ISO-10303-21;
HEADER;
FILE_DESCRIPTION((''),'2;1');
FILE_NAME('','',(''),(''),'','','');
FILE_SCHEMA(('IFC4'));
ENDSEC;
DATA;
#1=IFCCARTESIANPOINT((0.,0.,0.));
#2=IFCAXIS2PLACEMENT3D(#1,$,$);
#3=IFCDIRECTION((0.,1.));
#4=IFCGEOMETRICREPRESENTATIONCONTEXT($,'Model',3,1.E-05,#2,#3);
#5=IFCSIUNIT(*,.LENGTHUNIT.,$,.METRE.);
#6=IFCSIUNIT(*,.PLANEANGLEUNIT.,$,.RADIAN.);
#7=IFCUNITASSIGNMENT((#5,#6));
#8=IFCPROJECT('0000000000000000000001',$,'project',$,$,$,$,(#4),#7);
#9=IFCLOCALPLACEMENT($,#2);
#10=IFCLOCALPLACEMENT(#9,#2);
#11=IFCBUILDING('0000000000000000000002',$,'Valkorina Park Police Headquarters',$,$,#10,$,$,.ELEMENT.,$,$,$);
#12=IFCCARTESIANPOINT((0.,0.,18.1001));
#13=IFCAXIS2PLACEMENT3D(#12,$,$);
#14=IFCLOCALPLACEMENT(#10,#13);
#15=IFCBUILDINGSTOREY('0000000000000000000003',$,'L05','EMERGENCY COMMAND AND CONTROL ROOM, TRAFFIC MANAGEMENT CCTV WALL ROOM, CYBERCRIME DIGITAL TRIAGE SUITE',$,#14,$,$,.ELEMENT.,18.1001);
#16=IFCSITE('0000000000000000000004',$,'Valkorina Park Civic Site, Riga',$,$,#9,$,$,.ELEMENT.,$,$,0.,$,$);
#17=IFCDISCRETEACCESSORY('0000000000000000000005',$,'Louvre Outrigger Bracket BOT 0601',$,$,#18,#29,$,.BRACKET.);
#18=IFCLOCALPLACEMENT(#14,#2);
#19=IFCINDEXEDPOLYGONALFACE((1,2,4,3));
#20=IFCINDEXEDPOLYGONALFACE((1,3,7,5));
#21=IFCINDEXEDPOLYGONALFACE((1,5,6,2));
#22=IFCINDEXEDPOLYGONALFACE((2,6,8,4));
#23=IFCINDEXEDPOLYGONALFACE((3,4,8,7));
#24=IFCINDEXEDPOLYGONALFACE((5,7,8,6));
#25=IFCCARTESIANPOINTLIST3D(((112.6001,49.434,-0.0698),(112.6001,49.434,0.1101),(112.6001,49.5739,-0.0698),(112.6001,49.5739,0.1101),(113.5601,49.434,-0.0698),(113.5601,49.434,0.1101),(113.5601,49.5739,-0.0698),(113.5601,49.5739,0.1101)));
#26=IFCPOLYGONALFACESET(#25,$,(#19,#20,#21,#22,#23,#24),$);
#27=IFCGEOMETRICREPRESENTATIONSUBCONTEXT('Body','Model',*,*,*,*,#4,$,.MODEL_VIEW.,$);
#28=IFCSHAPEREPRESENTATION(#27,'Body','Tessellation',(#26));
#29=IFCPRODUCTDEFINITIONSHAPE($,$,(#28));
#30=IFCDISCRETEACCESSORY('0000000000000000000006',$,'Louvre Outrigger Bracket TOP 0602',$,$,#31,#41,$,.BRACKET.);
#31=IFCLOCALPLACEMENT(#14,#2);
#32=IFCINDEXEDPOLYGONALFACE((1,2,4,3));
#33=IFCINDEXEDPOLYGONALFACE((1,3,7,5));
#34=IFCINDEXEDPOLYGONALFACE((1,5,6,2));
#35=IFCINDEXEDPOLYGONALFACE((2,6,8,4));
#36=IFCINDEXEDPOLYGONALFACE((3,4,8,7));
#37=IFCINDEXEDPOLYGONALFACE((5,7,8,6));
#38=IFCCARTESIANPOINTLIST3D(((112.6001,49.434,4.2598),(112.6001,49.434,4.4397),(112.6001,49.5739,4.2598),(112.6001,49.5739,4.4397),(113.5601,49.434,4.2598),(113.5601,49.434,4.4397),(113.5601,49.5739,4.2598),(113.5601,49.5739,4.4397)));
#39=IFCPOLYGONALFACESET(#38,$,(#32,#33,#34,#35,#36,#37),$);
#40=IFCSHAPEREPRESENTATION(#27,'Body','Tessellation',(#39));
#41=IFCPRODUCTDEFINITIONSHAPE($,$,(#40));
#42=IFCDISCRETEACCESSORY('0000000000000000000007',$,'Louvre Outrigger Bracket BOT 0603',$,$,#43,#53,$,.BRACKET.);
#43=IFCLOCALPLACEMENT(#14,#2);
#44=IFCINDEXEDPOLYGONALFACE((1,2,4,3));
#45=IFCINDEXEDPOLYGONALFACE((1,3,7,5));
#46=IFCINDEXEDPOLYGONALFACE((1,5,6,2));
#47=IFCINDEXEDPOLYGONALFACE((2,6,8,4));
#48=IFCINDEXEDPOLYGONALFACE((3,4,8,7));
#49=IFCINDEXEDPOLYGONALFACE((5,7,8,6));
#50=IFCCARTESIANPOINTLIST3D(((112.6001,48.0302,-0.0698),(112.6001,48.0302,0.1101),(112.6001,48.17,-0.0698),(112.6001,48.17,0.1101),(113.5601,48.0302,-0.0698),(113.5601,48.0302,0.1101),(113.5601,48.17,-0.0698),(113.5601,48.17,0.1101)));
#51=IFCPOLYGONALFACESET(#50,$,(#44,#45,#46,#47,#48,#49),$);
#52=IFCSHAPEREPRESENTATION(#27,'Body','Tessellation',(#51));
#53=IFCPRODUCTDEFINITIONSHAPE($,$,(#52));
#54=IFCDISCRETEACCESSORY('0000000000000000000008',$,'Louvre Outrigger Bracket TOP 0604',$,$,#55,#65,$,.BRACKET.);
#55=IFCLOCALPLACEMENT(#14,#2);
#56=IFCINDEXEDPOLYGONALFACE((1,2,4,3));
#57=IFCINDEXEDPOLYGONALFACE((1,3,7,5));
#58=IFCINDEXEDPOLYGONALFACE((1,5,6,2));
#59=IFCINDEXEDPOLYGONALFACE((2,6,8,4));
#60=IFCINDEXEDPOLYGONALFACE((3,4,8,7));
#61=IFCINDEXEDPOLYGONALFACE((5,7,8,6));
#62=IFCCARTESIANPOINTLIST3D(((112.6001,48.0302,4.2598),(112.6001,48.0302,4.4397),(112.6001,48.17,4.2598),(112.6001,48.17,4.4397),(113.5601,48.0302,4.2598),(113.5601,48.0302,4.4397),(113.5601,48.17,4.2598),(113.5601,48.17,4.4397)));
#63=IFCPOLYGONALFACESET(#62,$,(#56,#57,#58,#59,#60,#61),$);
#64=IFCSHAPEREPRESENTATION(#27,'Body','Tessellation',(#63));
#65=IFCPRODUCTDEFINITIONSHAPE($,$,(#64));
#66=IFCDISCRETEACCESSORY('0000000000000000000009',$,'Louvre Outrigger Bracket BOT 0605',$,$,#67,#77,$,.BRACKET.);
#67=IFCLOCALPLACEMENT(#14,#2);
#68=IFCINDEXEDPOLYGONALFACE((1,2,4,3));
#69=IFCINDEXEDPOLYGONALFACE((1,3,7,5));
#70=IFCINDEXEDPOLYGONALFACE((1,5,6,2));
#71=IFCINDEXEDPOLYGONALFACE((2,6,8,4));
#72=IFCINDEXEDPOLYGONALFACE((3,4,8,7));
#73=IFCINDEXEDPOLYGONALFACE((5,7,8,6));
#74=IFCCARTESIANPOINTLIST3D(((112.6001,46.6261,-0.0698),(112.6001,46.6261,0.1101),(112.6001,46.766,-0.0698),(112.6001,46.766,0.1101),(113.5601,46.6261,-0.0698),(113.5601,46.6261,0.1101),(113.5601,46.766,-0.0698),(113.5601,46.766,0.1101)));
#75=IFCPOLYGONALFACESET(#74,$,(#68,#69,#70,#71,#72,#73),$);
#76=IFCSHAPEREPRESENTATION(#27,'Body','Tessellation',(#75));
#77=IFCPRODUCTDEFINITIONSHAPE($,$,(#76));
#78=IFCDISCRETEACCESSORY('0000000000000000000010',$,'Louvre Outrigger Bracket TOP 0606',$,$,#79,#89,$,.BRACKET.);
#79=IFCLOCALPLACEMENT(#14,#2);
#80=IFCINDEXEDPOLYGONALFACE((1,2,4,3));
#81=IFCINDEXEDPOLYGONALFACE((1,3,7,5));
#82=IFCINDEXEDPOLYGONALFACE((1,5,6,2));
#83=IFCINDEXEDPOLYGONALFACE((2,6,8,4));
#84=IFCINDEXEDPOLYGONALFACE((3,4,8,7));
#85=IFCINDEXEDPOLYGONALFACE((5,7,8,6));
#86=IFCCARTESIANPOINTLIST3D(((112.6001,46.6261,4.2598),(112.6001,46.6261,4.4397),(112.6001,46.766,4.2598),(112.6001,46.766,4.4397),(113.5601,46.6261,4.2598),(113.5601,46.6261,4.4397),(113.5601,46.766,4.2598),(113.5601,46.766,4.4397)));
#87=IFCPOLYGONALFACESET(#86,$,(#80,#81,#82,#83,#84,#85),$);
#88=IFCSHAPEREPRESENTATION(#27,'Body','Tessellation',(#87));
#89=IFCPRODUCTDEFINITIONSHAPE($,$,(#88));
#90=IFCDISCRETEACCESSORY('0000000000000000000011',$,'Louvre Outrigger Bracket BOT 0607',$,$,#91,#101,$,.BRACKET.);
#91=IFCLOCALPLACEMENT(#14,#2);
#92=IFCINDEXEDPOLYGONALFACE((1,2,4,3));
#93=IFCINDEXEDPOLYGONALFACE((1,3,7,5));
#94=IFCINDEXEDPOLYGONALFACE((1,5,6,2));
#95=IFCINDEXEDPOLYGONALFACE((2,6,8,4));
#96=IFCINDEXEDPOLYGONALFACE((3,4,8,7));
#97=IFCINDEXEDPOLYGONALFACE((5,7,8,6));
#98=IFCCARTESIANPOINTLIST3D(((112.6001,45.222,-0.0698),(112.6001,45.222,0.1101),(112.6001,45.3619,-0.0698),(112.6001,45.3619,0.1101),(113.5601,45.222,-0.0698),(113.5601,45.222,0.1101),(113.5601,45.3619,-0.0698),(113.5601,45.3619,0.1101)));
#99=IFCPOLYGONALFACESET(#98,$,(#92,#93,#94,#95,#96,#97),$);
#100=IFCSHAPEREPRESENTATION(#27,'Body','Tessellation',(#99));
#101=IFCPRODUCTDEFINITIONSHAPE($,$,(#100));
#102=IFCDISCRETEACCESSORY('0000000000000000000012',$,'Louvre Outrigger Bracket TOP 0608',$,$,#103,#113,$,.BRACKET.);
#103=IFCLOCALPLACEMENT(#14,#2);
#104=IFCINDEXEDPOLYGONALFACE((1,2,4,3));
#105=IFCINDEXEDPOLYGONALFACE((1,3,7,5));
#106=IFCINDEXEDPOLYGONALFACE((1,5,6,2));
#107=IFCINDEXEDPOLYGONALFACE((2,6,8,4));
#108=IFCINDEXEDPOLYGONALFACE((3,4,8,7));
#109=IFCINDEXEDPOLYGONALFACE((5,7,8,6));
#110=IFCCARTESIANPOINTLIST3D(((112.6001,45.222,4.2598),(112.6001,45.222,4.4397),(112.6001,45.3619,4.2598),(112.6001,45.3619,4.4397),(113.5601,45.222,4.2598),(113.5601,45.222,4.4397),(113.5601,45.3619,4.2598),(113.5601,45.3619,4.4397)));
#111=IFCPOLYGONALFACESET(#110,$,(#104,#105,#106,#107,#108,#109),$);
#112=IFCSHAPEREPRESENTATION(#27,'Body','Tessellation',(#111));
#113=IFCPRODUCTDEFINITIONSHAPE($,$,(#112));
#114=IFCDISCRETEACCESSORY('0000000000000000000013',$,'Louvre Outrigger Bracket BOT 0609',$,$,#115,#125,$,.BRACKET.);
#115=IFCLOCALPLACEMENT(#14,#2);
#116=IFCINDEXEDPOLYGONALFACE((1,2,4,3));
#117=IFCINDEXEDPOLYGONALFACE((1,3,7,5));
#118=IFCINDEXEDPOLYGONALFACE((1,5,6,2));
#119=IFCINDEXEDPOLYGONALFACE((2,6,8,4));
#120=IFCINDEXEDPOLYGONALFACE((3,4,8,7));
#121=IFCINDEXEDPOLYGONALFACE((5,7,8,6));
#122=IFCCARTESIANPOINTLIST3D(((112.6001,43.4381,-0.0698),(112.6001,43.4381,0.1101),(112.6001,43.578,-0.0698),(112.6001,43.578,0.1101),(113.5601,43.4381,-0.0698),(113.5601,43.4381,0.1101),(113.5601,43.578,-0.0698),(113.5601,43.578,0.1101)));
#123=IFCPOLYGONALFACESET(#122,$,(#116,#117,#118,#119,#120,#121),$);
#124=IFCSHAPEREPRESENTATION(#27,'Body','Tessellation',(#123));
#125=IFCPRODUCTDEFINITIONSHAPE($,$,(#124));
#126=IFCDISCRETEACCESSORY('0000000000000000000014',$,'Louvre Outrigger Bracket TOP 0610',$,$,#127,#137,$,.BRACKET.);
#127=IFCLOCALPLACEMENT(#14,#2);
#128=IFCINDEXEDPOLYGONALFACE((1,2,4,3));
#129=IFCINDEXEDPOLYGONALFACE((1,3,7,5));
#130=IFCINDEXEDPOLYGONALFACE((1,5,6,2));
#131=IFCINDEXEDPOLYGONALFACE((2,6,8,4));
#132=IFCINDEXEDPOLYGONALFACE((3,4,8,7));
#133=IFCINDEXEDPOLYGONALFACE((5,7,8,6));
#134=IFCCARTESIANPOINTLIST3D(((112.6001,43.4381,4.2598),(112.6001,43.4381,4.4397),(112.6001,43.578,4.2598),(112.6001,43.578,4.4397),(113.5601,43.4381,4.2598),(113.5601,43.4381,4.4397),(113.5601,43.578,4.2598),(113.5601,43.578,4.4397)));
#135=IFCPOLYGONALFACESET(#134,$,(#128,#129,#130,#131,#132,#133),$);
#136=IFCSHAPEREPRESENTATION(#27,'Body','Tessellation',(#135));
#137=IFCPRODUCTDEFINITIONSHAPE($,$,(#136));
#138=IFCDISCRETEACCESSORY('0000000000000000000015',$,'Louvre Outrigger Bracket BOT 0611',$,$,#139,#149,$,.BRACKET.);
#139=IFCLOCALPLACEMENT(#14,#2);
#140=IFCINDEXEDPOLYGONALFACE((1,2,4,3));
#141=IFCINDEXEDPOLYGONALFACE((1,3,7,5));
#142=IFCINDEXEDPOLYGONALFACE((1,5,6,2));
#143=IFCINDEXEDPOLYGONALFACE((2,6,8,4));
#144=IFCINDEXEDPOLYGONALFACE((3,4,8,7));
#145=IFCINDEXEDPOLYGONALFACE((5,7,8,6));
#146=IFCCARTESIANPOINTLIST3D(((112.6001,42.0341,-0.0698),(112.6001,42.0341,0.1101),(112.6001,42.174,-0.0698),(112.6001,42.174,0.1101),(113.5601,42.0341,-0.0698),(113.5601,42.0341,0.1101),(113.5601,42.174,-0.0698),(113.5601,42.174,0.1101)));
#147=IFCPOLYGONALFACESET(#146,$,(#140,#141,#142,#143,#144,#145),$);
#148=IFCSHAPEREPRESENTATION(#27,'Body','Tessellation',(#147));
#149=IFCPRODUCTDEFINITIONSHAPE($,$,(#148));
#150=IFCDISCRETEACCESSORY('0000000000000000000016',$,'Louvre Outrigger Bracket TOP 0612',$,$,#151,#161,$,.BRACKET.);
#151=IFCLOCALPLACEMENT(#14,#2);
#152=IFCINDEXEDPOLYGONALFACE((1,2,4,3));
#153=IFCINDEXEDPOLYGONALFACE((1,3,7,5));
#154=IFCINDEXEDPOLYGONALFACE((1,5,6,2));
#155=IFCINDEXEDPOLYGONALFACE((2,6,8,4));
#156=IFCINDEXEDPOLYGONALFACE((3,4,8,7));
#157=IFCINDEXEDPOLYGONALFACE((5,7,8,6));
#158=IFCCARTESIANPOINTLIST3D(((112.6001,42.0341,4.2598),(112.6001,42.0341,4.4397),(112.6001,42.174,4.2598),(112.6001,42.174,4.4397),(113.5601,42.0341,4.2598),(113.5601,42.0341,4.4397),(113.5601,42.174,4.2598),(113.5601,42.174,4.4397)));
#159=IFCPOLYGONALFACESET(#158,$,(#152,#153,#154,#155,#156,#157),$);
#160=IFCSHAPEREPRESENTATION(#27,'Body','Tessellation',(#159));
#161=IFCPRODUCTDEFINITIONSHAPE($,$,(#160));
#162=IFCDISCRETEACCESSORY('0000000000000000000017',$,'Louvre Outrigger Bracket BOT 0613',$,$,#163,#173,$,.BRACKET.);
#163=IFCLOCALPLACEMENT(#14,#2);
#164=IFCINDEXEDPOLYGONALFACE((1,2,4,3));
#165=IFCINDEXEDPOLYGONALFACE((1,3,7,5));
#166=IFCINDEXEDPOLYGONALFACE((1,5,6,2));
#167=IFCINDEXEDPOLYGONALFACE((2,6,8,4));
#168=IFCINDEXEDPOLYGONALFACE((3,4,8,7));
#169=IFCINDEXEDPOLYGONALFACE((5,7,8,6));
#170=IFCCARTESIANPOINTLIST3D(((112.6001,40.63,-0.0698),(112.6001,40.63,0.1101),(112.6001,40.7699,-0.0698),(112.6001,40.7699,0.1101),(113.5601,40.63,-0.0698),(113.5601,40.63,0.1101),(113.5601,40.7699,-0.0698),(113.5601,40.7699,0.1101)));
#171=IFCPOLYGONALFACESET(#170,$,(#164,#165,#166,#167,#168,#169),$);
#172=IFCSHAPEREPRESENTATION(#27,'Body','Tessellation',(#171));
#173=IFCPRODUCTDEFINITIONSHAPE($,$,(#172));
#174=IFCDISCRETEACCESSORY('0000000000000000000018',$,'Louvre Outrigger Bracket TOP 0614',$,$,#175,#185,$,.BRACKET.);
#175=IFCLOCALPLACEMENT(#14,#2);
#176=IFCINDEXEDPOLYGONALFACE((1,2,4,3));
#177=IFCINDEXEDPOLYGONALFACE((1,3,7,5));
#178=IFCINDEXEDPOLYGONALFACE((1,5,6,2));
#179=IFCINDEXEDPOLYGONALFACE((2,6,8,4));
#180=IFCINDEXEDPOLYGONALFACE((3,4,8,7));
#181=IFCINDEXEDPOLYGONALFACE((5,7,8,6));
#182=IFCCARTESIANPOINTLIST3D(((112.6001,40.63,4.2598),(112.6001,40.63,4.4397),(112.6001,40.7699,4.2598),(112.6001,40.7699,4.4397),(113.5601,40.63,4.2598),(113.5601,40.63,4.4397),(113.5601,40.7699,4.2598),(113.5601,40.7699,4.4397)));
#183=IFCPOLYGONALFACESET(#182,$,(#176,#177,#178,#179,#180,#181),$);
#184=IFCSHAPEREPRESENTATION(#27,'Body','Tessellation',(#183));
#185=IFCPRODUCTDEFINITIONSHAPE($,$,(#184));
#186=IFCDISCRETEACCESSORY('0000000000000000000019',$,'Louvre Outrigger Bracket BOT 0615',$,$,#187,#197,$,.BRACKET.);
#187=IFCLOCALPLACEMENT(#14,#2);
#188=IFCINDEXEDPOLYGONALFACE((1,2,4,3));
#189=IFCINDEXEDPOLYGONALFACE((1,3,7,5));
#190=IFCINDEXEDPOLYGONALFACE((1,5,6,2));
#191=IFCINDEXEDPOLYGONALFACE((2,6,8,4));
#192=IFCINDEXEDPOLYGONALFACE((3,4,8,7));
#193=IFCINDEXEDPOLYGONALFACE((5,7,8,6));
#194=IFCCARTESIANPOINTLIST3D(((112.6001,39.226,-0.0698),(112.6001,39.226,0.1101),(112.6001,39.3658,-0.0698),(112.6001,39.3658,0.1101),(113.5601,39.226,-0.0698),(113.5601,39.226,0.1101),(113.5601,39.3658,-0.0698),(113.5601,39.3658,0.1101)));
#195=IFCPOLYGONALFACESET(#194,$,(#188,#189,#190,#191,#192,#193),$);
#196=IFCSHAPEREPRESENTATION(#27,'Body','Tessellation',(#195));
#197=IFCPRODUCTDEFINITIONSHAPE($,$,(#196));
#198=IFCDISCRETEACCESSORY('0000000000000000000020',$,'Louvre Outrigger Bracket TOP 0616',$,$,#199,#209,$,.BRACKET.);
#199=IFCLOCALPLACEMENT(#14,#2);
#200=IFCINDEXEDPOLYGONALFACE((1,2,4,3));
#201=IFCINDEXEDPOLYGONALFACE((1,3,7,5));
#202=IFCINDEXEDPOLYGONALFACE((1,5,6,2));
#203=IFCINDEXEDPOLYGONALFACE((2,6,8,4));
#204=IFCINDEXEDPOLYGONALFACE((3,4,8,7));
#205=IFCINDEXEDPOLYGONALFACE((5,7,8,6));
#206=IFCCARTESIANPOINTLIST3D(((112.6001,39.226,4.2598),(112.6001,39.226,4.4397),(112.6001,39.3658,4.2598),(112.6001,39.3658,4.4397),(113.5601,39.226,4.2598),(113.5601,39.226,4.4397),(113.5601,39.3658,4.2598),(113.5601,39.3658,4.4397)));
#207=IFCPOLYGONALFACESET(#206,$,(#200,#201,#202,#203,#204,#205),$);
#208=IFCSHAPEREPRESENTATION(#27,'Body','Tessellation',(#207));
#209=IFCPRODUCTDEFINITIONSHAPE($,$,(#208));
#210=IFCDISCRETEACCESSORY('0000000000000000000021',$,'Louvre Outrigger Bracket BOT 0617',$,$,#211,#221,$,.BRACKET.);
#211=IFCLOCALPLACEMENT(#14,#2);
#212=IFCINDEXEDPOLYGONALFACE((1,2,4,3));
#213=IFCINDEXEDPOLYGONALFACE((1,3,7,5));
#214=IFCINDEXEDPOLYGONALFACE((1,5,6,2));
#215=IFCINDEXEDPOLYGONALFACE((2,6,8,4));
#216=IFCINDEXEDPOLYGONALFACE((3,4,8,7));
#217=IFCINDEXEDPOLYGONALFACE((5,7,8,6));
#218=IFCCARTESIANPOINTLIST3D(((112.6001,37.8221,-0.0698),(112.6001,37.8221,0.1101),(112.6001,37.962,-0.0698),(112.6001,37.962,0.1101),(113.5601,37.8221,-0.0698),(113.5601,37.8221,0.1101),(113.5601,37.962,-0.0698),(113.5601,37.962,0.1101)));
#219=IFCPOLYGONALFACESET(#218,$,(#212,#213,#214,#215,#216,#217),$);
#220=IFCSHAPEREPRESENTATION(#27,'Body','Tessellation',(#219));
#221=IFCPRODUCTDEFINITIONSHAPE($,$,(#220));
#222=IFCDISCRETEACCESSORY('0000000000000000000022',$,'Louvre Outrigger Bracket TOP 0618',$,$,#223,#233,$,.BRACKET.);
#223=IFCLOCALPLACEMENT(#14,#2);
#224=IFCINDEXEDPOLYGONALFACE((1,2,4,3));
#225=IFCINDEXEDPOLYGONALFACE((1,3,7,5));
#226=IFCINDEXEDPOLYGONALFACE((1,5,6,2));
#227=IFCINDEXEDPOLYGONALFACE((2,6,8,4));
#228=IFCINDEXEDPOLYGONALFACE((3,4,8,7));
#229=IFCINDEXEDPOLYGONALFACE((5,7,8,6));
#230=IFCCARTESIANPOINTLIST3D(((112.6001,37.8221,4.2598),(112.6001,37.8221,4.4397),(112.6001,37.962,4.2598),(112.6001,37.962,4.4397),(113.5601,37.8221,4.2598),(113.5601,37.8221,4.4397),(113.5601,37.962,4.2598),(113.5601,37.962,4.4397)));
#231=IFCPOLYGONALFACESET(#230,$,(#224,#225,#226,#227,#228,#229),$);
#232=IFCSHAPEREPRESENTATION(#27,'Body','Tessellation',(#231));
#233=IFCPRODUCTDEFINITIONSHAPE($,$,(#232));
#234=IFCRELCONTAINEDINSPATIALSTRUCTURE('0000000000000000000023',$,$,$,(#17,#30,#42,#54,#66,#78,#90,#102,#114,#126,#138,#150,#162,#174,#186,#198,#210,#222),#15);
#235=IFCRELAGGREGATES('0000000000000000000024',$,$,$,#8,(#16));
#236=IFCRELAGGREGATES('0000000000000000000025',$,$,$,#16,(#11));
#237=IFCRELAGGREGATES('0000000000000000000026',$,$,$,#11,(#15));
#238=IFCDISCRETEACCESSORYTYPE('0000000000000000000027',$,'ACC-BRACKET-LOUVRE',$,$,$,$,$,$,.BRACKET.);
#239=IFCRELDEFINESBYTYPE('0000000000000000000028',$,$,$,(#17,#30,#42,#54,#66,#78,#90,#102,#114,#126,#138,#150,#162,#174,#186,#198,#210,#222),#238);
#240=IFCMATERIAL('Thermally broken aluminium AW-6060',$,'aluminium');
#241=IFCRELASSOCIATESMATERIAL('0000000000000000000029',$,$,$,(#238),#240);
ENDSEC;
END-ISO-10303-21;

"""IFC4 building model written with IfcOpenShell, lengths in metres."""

from ifc_helpers import new_model, si_unit, direction, frame, origin, origin_2d, place, context, subcontext, project, spatial, rectangle, extrude, material, type_object, element, save


model = new_model("IFC4")

# Units and contexts
model_context = context("Model", 3, precision=1e-05, world=origin(), true_north=direction((0.0, 1.0)))
body_context = subcontext(model_context, "Body", "Model", "MODEL_VIEW")
ifc_project = project(units=[si_unit("LENGTHUNIT", "METRE"), si_unit("PLANEANGLEUNIT", "RADIAN")], contexts=[model_context])

# Site, building, storey
site_placement = place(None, origin())
site = spatial("IfcSite", under=ifc_project, at=site_placement, Name="Valkorina Park Civic Site, Riga", CompositionType="ELEMENT", RefElevation=0.0)
building_placement = place(site_placement, origin())
building = spatial("IfcBuilding", under=site, at=building_placement, Name="Valkorina Park Police Headquarters", CompositionType="ELEMENT")
storey_placement = place(building_placement, frame((0.0, 0.0, 18.1001)))
storey = spatial("IfcBuildingStorey", under=building, at=storey_placement, Name="L05", Description="EMERGENCY COMMAND AND CONTROL ROOM, TRAFFIC MANAGEMENT CCTV WALL ROOM, CYBERCRIME DIGITAL TRIAGE SUITE", CompositionType="ELEMENT", Elevation=18.1001)

# Discrete accessories
ifc_material_1 = material(Name="Thermally broken aluminium AW-6060", Category="aluminium")
discrete_accessory_type = type_object("IfcDiscreteAccessoryType", Name="ACC-BRACKET-LOUVRE", PredefinedType="BRACKET", material=ifc_material_1)
for number, where, z_axis, x_axis, name in (
    (1, (113.0801, 49.5039, -0.0698), (0.0, 0.0, 1.0), (1.0, 0.0, 0.0), "Louvre Outrigger Bracket BOT 0601"),
    (2, (113.0801, 49.5039, 4.2598), (0.0, 0.0, 1.0), (1.0, 0.0, 0.0), "Louvre Outrigger Bracket TOP 0602"),
    (3, (113.0801, 48.1001, -0.0698), (0.0, 0.0, 1.0), (1.0, 0.0, 0.0), "Louvre Outrigger Bracket BOT 0603"),
    (4, (113.0801, 48.1001, 4.2598), (0.0, 0.0, 1.0), (1.0, 0.0, 0.0), "Louvre Outrigger Bracket TOP 0604"),
    (5, (113.0801, 46.696, -0.0698), (0.0, 0.0, 1.0), (1.0, 0.0, 0.0), "Louvre Outrigger Bracket BOT 0605"),
    (6, (113.0801, 46.696, 4.2598), (0.0, 0.0, 1.0), (1.0, 0.0, 0.0), "Louvre Outrigger Bracket TOP 0606"),
    (7, (113.0801, 45.292, -0.0698), (0.0, 0.0, 1.0), (1.0, 0.0, 0.0), "Louvre Outrigger Bracket BOT 0607"),
    (8, (113.0801, 45.292, 4.2598), (0.0, 0.0, 1.0), (1.0, 0.0, 0.0), "Louvre Outrigger Bracket TOP 0608"),
    (9, (113.0801, 43.5081, -0.0698), (0.0, 0.0, 1.0), (1.0, 0.0, 0.0), "Louvre Outrigger Bracket BOT 0609"),
    (10, (113.0801, 43.5081, 4.2598), (0.0, 0.0, 1.0), (1.0, 0.0, 0.0), "Louvre Outrigger Bracket TOP 0610"),
    (11, (113.0801, 42.104, -0.0698), (0.0, 0.0, 1.0), (1.0, 0.0, 0.0), "Louvre Outrigger Bracket BOT 0611"),
    (12, (113.0801, 42.104, 4.2598), (0.0, 0.0, 1.0), (1.0, 0.0, 0.0), "Louvre Outrigger Bracket TOP 0612"),
    (13, (113.0801, 40.7, -0.0698), (0.0, 0.0, 1.0), (1.0, 0.0, 0.0), "Louvre Outrigger Bracket BOT 0613"),
    (14, (113.0801, 40.7, 4.2598), (0.0, 0.0, 1.0), (1.0, 0.0, 0.0), "Louvre Outrigger Bracket TOP 0614"),
    (15, (113.0801, 39.2959, -0.0698), (0.0, 0.0, 1.0), (1.0, 0.0, 0.0), "Louvre Outrigger Bracket BOT 0615"),
    (16, (113.0801, 39.2959, 4.2598), (0.0, 0.0, 1.0), (1.0, 0.0, 0.0), "Louvre Outrigger Bracket TOP 0616"),
    (17, (113.0801, 37.8921, -0.0698), (0.0, 0.0, 1.0), (1.0, 0.0, 0.0), "Louvre Outrigger Bracket BOT 0617"),
    (18, (113.0801, 37.8921, 4.2598), (0.0, 0.0, 1.0), (1.0, 0.0, 0.0), "Louvre Outrigger Bracket TOP 0618"),
):
    element("IfcDiscreteAccessory", number, at=place(storey_placement, frame(where, z_axis=z_axis, x_axis=x_axis)), inside=storey, type_object=discrete_accessory_type, Name=name, PredefinedType="BRACKET", context=body_context, shape_type="SweptSolid", body=[
        extrude(rectangle(XDim=0.96, YDim=0.1399, at=origin_2d()), origin(), (0.0, 0.0, 1.0), 0.1799),
    ])

save(model, "model.ifc")
